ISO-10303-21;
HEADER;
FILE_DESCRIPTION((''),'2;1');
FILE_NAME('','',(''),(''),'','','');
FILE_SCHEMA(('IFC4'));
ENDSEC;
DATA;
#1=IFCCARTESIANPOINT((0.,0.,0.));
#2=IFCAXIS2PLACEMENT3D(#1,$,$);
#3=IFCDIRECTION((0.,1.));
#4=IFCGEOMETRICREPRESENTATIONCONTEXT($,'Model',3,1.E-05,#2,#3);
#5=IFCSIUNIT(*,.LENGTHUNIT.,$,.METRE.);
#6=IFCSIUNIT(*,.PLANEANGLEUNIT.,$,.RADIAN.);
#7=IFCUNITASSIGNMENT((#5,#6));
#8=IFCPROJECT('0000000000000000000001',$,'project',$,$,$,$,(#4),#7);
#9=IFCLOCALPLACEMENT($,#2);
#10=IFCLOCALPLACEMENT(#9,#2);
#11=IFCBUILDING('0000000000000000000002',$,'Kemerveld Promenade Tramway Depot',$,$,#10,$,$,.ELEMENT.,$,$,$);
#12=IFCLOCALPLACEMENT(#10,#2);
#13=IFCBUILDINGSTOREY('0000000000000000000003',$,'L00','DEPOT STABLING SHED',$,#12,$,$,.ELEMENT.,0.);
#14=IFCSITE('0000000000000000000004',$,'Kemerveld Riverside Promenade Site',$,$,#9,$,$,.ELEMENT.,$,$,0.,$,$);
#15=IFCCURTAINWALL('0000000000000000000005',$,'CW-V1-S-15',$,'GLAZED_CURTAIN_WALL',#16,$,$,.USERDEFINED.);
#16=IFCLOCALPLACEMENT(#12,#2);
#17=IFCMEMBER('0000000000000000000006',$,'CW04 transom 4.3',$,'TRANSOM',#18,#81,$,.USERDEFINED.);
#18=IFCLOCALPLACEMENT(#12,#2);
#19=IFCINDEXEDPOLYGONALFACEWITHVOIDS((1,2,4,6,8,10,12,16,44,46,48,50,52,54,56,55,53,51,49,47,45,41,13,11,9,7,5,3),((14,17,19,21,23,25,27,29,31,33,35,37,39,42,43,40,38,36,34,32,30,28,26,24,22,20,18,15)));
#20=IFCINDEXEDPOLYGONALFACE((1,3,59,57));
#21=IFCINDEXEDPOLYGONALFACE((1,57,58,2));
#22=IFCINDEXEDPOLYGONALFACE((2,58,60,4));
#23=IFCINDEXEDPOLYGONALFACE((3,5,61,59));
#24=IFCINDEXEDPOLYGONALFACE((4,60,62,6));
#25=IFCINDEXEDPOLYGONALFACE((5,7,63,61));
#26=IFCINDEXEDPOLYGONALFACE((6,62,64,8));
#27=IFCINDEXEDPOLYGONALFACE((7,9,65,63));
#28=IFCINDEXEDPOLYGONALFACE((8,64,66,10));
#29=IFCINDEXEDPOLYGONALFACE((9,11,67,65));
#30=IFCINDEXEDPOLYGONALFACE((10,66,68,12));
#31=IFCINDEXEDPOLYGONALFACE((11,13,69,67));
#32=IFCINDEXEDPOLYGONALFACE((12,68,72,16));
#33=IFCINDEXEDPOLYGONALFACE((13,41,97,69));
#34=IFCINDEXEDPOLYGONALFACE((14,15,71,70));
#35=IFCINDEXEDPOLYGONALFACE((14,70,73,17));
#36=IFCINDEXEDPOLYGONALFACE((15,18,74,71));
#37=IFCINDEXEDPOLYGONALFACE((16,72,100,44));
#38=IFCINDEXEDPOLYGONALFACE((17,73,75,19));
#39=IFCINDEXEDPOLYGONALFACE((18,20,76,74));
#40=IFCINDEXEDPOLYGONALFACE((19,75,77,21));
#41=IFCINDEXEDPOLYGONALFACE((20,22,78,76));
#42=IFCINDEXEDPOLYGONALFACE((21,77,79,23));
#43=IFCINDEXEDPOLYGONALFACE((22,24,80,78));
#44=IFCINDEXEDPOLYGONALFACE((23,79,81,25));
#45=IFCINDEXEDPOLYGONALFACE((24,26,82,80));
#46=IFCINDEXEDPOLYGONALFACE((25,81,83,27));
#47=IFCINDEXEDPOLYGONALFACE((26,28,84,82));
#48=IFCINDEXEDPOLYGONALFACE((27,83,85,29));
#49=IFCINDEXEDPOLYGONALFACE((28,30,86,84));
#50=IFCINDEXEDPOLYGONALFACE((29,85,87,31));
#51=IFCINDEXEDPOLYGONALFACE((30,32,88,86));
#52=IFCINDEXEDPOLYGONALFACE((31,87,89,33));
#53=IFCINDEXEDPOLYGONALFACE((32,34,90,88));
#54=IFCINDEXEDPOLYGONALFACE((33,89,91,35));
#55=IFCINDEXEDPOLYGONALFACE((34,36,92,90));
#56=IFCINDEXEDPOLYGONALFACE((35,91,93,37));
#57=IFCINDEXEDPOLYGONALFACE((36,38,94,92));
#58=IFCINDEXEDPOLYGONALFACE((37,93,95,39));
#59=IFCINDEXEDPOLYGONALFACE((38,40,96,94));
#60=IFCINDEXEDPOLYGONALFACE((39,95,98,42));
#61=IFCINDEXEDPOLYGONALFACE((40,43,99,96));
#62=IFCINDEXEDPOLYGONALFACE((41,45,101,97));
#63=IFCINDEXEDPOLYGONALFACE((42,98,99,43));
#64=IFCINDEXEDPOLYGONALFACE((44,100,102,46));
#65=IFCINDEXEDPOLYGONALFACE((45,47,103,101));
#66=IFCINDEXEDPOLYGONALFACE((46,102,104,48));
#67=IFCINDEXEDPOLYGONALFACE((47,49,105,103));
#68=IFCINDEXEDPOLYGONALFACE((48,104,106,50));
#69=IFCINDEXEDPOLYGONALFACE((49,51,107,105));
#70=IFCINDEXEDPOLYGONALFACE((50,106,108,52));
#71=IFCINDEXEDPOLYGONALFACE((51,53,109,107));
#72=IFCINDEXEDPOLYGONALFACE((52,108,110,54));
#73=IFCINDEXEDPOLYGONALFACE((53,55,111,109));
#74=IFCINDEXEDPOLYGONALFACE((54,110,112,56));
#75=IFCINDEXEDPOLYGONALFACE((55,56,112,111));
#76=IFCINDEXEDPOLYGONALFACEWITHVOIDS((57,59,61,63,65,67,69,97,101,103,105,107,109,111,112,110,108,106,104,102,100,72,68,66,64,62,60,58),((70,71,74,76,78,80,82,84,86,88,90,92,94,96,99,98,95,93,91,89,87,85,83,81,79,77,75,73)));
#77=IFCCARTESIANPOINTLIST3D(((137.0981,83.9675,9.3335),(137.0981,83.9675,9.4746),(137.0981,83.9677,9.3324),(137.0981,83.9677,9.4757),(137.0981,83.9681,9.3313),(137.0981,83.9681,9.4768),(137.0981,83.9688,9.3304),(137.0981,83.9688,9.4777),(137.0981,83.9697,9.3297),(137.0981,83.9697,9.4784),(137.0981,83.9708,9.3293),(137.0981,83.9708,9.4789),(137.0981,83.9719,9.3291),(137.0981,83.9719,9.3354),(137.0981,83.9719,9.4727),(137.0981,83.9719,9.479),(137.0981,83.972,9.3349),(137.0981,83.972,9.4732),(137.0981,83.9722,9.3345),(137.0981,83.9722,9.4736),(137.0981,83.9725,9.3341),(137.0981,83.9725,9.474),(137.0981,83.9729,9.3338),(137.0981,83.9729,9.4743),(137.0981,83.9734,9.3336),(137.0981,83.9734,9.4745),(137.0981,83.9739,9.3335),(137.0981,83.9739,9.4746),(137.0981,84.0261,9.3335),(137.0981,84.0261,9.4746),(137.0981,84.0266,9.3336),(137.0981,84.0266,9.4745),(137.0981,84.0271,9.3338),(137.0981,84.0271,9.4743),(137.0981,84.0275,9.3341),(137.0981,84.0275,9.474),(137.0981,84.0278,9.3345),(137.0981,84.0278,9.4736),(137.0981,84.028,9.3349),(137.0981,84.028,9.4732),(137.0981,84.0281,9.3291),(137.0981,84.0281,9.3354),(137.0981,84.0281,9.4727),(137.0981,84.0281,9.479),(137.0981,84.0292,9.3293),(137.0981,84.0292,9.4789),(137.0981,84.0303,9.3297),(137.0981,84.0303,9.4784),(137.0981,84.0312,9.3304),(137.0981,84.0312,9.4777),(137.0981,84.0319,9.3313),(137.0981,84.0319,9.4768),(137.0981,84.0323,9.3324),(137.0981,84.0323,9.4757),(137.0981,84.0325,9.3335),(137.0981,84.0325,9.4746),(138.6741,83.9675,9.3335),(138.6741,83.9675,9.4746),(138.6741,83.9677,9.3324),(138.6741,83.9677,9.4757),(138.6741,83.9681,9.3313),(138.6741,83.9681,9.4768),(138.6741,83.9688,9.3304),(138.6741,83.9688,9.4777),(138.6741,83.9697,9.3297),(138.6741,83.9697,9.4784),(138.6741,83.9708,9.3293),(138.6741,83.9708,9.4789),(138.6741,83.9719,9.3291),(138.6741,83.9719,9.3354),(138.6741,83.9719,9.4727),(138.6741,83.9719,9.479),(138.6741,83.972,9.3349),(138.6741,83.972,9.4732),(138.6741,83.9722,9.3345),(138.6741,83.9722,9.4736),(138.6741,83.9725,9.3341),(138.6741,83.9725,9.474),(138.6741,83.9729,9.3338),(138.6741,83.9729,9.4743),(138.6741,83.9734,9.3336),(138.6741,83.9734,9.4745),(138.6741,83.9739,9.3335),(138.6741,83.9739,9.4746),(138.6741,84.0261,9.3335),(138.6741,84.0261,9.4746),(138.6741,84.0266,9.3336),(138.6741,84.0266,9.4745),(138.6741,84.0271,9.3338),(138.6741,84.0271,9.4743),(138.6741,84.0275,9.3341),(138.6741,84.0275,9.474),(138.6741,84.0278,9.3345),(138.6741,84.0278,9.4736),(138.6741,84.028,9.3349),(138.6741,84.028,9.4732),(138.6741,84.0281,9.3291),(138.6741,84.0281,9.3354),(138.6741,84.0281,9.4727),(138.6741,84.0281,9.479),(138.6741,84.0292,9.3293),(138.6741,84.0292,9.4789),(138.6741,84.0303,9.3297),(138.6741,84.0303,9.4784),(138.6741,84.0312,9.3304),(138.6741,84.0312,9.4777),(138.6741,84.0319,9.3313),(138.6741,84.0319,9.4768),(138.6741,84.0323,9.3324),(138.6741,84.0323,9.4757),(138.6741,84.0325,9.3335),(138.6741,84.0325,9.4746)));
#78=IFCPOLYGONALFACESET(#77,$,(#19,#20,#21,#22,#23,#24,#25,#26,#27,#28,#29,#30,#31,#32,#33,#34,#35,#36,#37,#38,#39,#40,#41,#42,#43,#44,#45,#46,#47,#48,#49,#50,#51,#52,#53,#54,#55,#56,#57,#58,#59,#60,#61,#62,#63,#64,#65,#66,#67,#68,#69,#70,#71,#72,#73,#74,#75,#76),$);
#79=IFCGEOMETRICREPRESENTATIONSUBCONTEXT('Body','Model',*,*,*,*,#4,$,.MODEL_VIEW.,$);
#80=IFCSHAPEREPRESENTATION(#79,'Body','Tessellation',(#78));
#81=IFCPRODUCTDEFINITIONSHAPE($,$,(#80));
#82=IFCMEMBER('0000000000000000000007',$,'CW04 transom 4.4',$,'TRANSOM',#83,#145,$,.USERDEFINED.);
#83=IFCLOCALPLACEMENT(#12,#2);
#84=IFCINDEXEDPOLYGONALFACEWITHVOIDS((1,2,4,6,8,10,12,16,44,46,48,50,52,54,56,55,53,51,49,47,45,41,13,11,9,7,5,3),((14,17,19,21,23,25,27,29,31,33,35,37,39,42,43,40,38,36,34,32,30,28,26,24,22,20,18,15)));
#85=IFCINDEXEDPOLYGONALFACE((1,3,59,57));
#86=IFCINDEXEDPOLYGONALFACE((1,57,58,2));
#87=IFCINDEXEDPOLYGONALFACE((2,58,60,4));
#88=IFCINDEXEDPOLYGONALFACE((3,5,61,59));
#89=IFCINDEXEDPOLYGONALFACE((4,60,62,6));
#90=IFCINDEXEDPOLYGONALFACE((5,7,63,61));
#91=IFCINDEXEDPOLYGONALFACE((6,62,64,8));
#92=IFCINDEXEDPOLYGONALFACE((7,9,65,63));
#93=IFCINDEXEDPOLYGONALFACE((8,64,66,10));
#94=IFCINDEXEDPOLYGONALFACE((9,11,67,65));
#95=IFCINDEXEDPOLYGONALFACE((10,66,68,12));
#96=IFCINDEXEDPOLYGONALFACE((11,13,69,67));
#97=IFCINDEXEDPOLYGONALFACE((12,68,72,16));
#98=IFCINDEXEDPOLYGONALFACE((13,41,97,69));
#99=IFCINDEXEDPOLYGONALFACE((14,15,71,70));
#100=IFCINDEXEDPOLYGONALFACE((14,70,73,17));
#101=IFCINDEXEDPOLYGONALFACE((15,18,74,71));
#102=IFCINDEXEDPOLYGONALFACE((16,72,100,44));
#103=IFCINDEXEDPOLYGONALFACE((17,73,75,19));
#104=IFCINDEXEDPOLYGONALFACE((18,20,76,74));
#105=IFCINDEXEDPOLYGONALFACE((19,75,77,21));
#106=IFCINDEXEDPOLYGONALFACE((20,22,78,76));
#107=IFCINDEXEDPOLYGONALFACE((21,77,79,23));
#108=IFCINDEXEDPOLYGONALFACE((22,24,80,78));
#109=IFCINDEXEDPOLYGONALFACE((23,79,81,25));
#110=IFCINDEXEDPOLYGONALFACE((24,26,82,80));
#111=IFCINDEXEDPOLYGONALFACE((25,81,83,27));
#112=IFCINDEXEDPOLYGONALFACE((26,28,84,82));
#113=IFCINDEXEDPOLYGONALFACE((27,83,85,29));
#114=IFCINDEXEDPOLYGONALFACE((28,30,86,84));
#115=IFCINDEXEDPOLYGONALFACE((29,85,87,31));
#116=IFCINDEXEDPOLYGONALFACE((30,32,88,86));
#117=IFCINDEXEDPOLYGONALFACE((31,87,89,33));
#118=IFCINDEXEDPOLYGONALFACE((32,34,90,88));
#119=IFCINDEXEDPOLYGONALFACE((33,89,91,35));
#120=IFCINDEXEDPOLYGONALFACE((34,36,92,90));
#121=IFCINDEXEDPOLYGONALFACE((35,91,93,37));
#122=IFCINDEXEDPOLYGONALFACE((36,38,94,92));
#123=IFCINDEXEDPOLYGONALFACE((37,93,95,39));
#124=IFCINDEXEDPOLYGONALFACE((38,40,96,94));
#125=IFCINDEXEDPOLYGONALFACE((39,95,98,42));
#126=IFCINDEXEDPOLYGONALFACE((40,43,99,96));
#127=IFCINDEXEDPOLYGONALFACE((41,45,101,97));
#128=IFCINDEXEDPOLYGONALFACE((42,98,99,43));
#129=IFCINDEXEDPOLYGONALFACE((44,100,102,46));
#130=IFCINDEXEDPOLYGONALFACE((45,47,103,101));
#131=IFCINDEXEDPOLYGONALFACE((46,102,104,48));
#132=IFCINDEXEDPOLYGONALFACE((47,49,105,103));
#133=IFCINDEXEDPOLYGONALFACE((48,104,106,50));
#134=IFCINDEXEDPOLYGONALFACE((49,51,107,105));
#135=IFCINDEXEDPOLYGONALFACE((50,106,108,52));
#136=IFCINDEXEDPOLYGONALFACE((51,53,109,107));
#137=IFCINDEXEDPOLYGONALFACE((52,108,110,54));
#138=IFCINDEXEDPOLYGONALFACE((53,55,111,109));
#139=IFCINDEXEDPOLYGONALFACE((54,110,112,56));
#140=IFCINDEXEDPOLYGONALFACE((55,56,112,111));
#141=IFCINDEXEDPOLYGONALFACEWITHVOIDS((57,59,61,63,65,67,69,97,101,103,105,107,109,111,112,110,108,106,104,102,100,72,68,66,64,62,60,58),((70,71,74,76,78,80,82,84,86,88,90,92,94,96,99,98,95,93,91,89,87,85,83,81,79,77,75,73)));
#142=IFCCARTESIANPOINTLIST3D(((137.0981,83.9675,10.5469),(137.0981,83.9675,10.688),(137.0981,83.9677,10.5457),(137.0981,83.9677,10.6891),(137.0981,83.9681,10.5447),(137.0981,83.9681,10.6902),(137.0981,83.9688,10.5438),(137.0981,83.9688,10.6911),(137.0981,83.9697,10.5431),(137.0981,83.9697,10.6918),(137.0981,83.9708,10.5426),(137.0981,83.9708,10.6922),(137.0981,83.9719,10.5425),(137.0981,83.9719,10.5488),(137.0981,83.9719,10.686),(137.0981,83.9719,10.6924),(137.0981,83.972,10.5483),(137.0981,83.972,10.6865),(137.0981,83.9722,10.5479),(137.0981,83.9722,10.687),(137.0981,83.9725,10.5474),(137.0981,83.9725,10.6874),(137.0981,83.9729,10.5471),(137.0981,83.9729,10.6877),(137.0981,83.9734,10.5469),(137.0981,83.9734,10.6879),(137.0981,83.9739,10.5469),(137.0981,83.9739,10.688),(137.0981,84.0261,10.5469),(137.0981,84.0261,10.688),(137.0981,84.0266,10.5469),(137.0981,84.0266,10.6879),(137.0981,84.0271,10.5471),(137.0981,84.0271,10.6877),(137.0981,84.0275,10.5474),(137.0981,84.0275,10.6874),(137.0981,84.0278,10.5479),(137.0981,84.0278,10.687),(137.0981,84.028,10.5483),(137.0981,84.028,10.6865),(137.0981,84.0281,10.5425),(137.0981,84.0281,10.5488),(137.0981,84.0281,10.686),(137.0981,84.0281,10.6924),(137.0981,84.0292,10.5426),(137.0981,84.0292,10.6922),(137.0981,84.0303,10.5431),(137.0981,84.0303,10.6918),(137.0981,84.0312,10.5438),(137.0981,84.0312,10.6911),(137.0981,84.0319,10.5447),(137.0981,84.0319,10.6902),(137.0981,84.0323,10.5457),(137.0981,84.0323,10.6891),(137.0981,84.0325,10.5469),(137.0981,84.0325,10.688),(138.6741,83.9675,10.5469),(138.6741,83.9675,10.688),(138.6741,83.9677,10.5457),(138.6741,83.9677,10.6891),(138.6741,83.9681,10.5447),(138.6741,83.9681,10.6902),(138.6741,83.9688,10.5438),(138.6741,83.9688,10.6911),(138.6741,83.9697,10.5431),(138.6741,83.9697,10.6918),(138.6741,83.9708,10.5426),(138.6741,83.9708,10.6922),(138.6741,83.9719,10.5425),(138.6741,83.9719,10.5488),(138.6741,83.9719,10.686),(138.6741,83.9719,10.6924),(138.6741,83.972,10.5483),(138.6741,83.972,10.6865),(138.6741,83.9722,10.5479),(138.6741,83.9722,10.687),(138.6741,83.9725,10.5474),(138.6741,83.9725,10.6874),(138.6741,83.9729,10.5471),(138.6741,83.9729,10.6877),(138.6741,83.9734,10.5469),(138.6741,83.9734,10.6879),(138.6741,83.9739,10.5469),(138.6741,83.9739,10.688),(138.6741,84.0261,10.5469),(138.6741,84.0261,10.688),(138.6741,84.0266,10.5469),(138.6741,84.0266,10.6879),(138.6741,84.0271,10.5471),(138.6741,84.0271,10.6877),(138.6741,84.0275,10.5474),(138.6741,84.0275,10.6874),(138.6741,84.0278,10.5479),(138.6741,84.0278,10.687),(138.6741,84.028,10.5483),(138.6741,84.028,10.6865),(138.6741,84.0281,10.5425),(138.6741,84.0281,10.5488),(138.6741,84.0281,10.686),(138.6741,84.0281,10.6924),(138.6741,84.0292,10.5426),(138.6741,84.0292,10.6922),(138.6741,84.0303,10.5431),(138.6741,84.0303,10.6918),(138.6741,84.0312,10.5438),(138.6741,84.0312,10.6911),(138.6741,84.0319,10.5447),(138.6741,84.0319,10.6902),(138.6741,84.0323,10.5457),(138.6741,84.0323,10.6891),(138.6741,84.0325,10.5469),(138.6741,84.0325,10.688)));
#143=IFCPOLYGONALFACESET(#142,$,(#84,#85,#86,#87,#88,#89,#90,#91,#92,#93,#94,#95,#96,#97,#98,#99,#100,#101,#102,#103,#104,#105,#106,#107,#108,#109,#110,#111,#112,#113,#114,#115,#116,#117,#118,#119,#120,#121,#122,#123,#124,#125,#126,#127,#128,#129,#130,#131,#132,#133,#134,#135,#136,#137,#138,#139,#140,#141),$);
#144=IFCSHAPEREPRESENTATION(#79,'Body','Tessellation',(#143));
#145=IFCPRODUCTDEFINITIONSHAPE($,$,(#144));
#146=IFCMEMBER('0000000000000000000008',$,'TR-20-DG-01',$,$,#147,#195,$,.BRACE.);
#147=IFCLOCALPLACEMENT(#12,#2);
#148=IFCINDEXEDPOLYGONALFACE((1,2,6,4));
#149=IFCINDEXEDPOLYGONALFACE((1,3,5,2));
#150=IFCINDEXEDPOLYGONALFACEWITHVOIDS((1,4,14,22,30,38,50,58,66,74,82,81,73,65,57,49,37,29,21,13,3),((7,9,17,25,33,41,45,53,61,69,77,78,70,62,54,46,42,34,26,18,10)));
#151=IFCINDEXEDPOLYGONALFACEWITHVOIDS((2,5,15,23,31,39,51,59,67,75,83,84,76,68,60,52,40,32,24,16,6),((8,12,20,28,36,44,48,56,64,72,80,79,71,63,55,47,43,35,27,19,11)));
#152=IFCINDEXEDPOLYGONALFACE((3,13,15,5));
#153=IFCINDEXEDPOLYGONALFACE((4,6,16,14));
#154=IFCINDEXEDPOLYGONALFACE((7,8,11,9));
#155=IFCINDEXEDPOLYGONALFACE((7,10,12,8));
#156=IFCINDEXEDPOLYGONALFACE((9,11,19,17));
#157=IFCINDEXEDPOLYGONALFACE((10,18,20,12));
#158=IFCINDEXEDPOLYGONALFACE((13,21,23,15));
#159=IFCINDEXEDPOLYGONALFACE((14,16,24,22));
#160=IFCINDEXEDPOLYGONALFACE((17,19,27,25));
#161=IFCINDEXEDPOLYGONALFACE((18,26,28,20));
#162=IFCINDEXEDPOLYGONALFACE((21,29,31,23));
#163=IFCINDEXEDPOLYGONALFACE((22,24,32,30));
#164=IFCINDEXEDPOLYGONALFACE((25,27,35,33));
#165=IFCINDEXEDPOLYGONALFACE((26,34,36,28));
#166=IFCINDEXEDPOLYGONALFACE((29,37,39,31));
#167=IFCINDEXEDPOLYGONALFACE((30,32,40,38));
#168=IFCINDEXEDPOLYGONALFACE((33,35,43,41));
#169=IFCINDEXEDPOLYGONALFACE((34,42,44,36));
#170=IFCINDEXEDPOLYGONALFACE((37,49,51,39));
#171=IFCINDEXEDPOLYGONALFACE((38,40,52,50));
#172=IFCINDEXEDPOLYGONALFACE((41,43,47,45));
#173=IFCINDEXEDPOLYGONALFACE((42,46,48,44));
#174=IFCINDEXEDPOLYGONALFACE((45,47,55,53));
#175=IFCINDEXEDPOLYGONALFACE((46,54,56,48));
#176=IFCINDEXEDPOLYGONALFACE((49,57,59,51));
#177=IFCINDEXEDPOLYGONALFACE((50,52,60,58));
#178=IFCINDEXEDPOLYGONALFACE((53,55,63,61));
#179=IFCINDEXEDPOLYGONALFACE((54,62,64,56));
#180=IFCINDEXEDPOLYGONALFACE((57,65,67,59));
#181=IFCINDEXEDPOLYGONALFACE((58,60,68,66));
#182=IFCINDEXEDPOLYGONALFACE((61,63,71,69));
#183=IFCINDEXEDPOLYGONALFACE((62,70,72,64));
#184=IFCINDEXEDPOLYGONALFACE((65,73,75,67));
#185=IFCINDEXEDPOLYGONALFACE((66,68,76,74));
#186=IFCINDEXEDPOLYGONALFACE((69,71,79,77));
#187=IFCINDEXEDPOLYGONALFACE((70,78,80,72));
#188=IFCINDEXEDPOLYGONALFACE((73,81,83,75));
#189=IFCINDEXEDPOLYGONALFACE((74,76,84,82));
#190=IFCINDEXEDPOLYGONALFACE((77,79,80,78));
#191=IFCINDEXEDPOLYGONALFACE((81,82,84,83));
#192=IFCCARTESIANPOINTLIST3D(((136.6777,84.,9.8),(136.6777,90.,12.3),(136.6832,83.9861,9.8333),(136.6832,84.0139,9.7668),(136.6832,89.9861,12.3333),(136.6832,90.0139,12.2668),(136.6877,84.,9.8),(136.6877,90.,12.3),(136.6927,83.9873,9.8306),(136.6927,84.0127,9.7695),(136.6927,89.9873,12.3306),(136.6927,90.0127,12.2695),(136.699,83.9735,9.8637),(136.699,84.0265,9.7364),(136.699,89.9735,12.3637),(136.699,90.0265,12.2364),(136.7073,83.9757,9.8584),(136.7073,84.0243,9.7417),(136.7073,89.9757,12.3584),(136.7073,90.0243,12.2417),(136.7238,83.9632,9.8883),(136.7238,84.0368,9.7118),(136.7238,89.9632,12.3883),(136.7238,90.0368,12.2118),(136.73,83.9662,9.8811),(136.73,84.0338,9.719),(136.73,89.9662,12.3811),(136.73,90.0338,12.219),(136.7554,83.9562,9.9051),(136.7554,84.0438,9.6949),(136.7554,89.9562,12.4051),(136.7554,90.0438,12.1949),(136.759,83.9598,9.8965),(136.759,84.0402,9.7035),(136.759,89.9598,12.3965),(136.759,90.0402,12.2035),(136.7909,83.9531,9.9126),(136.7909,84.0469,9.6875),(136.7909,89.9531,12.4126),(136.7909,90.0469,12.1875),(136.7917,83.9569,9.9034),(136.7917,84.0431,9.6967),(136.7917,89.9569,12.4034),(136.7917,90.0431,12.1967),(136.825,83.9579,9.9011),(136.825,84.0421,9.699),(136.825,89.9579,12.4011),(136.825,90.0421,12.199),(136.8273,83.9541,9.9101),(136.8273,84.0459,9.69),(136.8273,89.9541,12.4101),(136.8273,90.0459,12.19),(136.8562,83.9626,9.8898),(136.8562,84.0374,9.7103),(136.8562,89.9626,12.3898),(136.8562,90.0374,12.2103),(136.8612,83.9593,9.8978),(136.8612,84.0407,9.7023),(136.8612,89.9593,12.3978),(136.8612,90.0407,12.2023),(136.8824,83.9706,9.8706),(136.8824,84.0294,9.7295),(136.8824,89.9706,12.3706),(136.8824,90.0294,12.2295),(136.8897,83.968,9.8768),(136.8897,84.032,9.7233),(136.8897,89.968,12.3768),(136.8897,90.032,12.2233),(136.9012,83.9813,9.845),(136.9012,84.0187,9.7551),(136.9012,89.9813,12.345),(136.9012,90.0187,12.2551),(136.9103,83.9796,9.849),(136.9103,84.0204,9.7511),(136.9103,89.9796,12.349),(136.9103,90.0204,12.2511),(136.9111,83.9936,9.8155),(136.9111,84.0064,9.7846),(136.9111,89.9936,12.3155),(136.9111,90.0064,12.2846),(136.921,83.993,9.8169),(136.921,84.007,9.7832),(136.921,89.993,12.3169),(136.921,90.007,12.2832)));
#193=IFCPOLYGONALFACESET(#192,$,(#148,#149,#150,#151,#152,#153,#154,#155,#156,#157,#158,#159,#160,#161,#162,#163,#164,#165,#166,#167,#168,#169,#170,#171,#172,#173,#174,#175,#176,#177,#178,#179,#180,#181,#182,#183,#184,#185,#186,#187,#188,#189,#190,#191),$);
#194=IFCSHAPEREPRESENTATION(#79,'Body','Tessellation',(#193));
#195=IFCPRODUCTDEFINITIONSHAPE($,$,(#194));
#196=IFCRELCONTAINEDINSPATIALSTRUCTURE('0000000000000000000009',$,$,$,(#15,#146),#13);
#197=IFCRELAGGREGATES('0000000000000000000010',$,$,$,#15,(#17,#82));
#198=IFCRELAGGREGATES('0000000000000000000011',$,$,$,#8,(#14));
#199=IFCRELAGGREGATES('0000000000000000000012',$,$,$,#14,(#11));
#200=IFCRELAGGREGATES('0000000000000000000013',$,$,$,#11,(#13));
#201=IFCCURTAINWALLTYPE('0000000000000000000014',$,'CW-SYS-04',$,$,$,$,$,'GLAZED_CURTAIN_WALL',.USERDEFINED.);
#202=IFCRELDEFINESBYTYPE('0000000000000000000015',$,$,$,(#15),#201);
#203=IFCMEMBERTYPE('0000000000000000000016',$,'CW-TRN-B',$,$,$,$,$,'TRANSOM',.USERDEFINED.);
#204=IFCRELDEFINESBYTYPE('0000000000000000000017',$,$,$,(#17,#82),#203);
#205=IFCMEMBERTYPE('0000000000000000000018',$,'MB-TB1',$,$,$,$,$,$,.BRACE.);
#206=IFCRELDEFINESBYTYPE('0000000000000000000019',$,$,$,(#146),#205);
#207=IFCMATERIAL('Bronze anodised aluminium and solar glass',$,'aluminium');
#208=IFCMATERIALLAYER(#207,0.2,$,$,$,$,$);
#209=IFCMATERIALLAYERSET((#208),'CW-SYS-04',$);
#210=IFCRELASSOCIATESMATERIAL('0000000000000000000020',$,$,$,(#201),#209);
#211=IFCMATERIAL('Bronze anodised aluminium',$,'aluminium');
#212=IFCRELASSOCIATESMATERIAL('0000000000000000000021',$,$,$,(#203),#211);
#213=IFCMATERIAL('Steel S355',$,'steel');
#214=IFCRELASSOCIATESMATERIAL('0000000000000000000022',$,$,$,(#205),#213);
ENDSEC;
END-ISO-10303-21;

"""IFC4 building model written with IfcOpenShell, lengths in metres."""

from ifc_helpers import new_model, si_unit, direction, frame, origin, origin_2d, place, context, subcontext, project, spatial, hollow_rectangle, hollow_circle, extrude, material, layer, layer_set, material_profile, profile_set, type_object, element, aggregate, save


model = new_model("IFC4")

# Units and contexts
model_context = context("Model", 3, precision=1e-05, world=origin(), true_north=direction((0.0, 1.0)))
body_context = subcontext(model_context, "Body", "Model", "MODEL_VIEW")
ifc_project = project(units=[si_unit("LENGTHUNIT", "METRE"), si_unit("PLANEANGLEUNIT", "RADIAN")], contexts=[model_context])

# Site, building, storey
site_placement = place(None, origin())
site = spatial("IfcSite", under=ifc_project, at=site_placement, Name="Kemerveld Riverside Promenade Site", CompositionType="ELEMENT", RefElevation=0.0)
building_placement = place(site_placement, origin())
building = spatial("IfcBuilding", under=site, at=building_placement, Name="Kemerveld Promenade Tramway Depot", CompositionType="ELEMENT")
storey_placement = place(building_placement, origin())
storey = spatial("IfcBuildingStorey", under=building, at=storey_placement, Name="L00", Description="DEPOT STABLING SHED", CompositionType="ELEMENT", Elevation=0.0)

# Shared definitions
ifc_material_1 = material(Name="Steel S355", Category="steel")

# Curtain wall, members
ifc_material_2 = material(Name="Bronze anodised aluminium and solar glass", Category="aluminium")
ifc_material_3 = material(Name="Bronze anodised aluminium", Category="aluminium")
ifc_layer_1 = layer(ifc_material_2, 0.2)
ifc_layer_set_1 = layer_set([ifc_layer_1], Name="CW-SYS-04")
curtain_wall_type_1 = type_object("IfcCurtainWallType", Name="CW-SYS-04", ElementType="GLAZED_CURTAIN_WALL", PredefinedType="USERDEFINED", material=ifc_layer_set_1)
curtain_wall_1_placement = place(storey_placement, origin())
curtain_wall_1 = element("IfcCurtainWall", 1, at=curtain_wall_1_placement, inside=storey, type_object=curtain_wall_type_1, Name="CW-V1-S-15", ObjectType="GLAZED_CURTAIN_WALL", PredefinedType="USERDEFINED")
ifc_material_profile_1 = material_profile(ifc_material_3, hollow_rectangle(XDim=0.0649, YDim=0.1499, WallThickness=0.0044, InnerFilletRadius=0.002, OuterFilletRadius=0.0044, at=origin_2d()), Name="CW-TRN-150x65")
ifc_profile_set_1 = profile_set([ifc_material_profile_1], Name="Bronze anodised aluminium")
member_type_1 = type_object("IfcMemberType", Name="CW-TRN-B", ElementType="TRANSOM", PredefinedType="USERDEFINED", material=ifc_profile_set_1)
member_1_placement = place(storey_placement, frame((138.6741, 84.0, 9.4041), z_axis=(-1.0, 0.0, 0.0), x_axis=(0.0, -1.0, 0.0)))
member_1 = element("IfcMember", 2, at=member_1_placement, type_object=member_type_1, Name="CW04 transom 4.3", ObjectType="TRANSOM", PredefinedType="USERDEFINED", context=body_context, shape_type="SweptSolid", body=[
    extrude(hollow_rectangle(XDim=0.0649, YDim=0.1499, WallThickness=0.0044, InnerFilletRadius=0.002, OuterFilletRadius=0.0044, at=origin_2d()), origin(), (0.0, 0.0, 1.0), 1.5759),
])
member_2_placement = place(storey_placement, frame((138.6741, 84.0, 10.6174), z_axis=(-1.0, 0.0, 0.0), x_axis=(0.0, -1.0, 0.0)))
member_2 = element("IfcMember", 3, at=member_2_placement, type_object=member_type_1, Name="CW04 transom 4.4", ObjectType="TRANSOM", PredefinedType="USERDEFINED", context=body_context, shape_type="SweptSolid", body=[
    extrude(hollow_rectangle(XDim=0.0649, YDim=0.1499, WallThickness=0.0044, InnerFilletRadius=0.002, OuterFilletRadius=0.0044, at=origin_2d()), origin(), (0.0, 0.0, 1.0), 1.5759),
])

# Member
ifc_material_profile_2 = material_profile(ifc_material_1, hollow_circle(Radius=0.1223, WallThickness=0.01, at=origin_2d()), Name="244.5x10.0 CHS")
ifc_profile_set_2 = profile_set([ifc_material_profile_2], Name="Steel S355")
member_type_2 = type_object("IfcMemberType", Name="MB-TB1", PredefinedType="BRACE", material=ifc_profile_set_2)
member_3_placement = place(storey_placement, frame((136.8, 84.0, 9.8), z_axis=(0.0, 0.923077, 0.384615), x_axis=(-1.0, 0.0, 0.0)))
element("IfcMember", 4, at=member_3_placement, inside=storey, type_object=member_type_2, Name="TR-20-DG-01", PredefinedType="BRACE", context=body_context, shape_type="SweptSolid", body=[
    extrude(hollow_circle(Radius=0.1223, WallThickness=0.01, at=origin_2d()), origin(), (0.0, 0.0, 1.0), 6.5),
])

aggregate(curtain_wall_1, [member_1, member_2])

save(model, "model.ifc")
